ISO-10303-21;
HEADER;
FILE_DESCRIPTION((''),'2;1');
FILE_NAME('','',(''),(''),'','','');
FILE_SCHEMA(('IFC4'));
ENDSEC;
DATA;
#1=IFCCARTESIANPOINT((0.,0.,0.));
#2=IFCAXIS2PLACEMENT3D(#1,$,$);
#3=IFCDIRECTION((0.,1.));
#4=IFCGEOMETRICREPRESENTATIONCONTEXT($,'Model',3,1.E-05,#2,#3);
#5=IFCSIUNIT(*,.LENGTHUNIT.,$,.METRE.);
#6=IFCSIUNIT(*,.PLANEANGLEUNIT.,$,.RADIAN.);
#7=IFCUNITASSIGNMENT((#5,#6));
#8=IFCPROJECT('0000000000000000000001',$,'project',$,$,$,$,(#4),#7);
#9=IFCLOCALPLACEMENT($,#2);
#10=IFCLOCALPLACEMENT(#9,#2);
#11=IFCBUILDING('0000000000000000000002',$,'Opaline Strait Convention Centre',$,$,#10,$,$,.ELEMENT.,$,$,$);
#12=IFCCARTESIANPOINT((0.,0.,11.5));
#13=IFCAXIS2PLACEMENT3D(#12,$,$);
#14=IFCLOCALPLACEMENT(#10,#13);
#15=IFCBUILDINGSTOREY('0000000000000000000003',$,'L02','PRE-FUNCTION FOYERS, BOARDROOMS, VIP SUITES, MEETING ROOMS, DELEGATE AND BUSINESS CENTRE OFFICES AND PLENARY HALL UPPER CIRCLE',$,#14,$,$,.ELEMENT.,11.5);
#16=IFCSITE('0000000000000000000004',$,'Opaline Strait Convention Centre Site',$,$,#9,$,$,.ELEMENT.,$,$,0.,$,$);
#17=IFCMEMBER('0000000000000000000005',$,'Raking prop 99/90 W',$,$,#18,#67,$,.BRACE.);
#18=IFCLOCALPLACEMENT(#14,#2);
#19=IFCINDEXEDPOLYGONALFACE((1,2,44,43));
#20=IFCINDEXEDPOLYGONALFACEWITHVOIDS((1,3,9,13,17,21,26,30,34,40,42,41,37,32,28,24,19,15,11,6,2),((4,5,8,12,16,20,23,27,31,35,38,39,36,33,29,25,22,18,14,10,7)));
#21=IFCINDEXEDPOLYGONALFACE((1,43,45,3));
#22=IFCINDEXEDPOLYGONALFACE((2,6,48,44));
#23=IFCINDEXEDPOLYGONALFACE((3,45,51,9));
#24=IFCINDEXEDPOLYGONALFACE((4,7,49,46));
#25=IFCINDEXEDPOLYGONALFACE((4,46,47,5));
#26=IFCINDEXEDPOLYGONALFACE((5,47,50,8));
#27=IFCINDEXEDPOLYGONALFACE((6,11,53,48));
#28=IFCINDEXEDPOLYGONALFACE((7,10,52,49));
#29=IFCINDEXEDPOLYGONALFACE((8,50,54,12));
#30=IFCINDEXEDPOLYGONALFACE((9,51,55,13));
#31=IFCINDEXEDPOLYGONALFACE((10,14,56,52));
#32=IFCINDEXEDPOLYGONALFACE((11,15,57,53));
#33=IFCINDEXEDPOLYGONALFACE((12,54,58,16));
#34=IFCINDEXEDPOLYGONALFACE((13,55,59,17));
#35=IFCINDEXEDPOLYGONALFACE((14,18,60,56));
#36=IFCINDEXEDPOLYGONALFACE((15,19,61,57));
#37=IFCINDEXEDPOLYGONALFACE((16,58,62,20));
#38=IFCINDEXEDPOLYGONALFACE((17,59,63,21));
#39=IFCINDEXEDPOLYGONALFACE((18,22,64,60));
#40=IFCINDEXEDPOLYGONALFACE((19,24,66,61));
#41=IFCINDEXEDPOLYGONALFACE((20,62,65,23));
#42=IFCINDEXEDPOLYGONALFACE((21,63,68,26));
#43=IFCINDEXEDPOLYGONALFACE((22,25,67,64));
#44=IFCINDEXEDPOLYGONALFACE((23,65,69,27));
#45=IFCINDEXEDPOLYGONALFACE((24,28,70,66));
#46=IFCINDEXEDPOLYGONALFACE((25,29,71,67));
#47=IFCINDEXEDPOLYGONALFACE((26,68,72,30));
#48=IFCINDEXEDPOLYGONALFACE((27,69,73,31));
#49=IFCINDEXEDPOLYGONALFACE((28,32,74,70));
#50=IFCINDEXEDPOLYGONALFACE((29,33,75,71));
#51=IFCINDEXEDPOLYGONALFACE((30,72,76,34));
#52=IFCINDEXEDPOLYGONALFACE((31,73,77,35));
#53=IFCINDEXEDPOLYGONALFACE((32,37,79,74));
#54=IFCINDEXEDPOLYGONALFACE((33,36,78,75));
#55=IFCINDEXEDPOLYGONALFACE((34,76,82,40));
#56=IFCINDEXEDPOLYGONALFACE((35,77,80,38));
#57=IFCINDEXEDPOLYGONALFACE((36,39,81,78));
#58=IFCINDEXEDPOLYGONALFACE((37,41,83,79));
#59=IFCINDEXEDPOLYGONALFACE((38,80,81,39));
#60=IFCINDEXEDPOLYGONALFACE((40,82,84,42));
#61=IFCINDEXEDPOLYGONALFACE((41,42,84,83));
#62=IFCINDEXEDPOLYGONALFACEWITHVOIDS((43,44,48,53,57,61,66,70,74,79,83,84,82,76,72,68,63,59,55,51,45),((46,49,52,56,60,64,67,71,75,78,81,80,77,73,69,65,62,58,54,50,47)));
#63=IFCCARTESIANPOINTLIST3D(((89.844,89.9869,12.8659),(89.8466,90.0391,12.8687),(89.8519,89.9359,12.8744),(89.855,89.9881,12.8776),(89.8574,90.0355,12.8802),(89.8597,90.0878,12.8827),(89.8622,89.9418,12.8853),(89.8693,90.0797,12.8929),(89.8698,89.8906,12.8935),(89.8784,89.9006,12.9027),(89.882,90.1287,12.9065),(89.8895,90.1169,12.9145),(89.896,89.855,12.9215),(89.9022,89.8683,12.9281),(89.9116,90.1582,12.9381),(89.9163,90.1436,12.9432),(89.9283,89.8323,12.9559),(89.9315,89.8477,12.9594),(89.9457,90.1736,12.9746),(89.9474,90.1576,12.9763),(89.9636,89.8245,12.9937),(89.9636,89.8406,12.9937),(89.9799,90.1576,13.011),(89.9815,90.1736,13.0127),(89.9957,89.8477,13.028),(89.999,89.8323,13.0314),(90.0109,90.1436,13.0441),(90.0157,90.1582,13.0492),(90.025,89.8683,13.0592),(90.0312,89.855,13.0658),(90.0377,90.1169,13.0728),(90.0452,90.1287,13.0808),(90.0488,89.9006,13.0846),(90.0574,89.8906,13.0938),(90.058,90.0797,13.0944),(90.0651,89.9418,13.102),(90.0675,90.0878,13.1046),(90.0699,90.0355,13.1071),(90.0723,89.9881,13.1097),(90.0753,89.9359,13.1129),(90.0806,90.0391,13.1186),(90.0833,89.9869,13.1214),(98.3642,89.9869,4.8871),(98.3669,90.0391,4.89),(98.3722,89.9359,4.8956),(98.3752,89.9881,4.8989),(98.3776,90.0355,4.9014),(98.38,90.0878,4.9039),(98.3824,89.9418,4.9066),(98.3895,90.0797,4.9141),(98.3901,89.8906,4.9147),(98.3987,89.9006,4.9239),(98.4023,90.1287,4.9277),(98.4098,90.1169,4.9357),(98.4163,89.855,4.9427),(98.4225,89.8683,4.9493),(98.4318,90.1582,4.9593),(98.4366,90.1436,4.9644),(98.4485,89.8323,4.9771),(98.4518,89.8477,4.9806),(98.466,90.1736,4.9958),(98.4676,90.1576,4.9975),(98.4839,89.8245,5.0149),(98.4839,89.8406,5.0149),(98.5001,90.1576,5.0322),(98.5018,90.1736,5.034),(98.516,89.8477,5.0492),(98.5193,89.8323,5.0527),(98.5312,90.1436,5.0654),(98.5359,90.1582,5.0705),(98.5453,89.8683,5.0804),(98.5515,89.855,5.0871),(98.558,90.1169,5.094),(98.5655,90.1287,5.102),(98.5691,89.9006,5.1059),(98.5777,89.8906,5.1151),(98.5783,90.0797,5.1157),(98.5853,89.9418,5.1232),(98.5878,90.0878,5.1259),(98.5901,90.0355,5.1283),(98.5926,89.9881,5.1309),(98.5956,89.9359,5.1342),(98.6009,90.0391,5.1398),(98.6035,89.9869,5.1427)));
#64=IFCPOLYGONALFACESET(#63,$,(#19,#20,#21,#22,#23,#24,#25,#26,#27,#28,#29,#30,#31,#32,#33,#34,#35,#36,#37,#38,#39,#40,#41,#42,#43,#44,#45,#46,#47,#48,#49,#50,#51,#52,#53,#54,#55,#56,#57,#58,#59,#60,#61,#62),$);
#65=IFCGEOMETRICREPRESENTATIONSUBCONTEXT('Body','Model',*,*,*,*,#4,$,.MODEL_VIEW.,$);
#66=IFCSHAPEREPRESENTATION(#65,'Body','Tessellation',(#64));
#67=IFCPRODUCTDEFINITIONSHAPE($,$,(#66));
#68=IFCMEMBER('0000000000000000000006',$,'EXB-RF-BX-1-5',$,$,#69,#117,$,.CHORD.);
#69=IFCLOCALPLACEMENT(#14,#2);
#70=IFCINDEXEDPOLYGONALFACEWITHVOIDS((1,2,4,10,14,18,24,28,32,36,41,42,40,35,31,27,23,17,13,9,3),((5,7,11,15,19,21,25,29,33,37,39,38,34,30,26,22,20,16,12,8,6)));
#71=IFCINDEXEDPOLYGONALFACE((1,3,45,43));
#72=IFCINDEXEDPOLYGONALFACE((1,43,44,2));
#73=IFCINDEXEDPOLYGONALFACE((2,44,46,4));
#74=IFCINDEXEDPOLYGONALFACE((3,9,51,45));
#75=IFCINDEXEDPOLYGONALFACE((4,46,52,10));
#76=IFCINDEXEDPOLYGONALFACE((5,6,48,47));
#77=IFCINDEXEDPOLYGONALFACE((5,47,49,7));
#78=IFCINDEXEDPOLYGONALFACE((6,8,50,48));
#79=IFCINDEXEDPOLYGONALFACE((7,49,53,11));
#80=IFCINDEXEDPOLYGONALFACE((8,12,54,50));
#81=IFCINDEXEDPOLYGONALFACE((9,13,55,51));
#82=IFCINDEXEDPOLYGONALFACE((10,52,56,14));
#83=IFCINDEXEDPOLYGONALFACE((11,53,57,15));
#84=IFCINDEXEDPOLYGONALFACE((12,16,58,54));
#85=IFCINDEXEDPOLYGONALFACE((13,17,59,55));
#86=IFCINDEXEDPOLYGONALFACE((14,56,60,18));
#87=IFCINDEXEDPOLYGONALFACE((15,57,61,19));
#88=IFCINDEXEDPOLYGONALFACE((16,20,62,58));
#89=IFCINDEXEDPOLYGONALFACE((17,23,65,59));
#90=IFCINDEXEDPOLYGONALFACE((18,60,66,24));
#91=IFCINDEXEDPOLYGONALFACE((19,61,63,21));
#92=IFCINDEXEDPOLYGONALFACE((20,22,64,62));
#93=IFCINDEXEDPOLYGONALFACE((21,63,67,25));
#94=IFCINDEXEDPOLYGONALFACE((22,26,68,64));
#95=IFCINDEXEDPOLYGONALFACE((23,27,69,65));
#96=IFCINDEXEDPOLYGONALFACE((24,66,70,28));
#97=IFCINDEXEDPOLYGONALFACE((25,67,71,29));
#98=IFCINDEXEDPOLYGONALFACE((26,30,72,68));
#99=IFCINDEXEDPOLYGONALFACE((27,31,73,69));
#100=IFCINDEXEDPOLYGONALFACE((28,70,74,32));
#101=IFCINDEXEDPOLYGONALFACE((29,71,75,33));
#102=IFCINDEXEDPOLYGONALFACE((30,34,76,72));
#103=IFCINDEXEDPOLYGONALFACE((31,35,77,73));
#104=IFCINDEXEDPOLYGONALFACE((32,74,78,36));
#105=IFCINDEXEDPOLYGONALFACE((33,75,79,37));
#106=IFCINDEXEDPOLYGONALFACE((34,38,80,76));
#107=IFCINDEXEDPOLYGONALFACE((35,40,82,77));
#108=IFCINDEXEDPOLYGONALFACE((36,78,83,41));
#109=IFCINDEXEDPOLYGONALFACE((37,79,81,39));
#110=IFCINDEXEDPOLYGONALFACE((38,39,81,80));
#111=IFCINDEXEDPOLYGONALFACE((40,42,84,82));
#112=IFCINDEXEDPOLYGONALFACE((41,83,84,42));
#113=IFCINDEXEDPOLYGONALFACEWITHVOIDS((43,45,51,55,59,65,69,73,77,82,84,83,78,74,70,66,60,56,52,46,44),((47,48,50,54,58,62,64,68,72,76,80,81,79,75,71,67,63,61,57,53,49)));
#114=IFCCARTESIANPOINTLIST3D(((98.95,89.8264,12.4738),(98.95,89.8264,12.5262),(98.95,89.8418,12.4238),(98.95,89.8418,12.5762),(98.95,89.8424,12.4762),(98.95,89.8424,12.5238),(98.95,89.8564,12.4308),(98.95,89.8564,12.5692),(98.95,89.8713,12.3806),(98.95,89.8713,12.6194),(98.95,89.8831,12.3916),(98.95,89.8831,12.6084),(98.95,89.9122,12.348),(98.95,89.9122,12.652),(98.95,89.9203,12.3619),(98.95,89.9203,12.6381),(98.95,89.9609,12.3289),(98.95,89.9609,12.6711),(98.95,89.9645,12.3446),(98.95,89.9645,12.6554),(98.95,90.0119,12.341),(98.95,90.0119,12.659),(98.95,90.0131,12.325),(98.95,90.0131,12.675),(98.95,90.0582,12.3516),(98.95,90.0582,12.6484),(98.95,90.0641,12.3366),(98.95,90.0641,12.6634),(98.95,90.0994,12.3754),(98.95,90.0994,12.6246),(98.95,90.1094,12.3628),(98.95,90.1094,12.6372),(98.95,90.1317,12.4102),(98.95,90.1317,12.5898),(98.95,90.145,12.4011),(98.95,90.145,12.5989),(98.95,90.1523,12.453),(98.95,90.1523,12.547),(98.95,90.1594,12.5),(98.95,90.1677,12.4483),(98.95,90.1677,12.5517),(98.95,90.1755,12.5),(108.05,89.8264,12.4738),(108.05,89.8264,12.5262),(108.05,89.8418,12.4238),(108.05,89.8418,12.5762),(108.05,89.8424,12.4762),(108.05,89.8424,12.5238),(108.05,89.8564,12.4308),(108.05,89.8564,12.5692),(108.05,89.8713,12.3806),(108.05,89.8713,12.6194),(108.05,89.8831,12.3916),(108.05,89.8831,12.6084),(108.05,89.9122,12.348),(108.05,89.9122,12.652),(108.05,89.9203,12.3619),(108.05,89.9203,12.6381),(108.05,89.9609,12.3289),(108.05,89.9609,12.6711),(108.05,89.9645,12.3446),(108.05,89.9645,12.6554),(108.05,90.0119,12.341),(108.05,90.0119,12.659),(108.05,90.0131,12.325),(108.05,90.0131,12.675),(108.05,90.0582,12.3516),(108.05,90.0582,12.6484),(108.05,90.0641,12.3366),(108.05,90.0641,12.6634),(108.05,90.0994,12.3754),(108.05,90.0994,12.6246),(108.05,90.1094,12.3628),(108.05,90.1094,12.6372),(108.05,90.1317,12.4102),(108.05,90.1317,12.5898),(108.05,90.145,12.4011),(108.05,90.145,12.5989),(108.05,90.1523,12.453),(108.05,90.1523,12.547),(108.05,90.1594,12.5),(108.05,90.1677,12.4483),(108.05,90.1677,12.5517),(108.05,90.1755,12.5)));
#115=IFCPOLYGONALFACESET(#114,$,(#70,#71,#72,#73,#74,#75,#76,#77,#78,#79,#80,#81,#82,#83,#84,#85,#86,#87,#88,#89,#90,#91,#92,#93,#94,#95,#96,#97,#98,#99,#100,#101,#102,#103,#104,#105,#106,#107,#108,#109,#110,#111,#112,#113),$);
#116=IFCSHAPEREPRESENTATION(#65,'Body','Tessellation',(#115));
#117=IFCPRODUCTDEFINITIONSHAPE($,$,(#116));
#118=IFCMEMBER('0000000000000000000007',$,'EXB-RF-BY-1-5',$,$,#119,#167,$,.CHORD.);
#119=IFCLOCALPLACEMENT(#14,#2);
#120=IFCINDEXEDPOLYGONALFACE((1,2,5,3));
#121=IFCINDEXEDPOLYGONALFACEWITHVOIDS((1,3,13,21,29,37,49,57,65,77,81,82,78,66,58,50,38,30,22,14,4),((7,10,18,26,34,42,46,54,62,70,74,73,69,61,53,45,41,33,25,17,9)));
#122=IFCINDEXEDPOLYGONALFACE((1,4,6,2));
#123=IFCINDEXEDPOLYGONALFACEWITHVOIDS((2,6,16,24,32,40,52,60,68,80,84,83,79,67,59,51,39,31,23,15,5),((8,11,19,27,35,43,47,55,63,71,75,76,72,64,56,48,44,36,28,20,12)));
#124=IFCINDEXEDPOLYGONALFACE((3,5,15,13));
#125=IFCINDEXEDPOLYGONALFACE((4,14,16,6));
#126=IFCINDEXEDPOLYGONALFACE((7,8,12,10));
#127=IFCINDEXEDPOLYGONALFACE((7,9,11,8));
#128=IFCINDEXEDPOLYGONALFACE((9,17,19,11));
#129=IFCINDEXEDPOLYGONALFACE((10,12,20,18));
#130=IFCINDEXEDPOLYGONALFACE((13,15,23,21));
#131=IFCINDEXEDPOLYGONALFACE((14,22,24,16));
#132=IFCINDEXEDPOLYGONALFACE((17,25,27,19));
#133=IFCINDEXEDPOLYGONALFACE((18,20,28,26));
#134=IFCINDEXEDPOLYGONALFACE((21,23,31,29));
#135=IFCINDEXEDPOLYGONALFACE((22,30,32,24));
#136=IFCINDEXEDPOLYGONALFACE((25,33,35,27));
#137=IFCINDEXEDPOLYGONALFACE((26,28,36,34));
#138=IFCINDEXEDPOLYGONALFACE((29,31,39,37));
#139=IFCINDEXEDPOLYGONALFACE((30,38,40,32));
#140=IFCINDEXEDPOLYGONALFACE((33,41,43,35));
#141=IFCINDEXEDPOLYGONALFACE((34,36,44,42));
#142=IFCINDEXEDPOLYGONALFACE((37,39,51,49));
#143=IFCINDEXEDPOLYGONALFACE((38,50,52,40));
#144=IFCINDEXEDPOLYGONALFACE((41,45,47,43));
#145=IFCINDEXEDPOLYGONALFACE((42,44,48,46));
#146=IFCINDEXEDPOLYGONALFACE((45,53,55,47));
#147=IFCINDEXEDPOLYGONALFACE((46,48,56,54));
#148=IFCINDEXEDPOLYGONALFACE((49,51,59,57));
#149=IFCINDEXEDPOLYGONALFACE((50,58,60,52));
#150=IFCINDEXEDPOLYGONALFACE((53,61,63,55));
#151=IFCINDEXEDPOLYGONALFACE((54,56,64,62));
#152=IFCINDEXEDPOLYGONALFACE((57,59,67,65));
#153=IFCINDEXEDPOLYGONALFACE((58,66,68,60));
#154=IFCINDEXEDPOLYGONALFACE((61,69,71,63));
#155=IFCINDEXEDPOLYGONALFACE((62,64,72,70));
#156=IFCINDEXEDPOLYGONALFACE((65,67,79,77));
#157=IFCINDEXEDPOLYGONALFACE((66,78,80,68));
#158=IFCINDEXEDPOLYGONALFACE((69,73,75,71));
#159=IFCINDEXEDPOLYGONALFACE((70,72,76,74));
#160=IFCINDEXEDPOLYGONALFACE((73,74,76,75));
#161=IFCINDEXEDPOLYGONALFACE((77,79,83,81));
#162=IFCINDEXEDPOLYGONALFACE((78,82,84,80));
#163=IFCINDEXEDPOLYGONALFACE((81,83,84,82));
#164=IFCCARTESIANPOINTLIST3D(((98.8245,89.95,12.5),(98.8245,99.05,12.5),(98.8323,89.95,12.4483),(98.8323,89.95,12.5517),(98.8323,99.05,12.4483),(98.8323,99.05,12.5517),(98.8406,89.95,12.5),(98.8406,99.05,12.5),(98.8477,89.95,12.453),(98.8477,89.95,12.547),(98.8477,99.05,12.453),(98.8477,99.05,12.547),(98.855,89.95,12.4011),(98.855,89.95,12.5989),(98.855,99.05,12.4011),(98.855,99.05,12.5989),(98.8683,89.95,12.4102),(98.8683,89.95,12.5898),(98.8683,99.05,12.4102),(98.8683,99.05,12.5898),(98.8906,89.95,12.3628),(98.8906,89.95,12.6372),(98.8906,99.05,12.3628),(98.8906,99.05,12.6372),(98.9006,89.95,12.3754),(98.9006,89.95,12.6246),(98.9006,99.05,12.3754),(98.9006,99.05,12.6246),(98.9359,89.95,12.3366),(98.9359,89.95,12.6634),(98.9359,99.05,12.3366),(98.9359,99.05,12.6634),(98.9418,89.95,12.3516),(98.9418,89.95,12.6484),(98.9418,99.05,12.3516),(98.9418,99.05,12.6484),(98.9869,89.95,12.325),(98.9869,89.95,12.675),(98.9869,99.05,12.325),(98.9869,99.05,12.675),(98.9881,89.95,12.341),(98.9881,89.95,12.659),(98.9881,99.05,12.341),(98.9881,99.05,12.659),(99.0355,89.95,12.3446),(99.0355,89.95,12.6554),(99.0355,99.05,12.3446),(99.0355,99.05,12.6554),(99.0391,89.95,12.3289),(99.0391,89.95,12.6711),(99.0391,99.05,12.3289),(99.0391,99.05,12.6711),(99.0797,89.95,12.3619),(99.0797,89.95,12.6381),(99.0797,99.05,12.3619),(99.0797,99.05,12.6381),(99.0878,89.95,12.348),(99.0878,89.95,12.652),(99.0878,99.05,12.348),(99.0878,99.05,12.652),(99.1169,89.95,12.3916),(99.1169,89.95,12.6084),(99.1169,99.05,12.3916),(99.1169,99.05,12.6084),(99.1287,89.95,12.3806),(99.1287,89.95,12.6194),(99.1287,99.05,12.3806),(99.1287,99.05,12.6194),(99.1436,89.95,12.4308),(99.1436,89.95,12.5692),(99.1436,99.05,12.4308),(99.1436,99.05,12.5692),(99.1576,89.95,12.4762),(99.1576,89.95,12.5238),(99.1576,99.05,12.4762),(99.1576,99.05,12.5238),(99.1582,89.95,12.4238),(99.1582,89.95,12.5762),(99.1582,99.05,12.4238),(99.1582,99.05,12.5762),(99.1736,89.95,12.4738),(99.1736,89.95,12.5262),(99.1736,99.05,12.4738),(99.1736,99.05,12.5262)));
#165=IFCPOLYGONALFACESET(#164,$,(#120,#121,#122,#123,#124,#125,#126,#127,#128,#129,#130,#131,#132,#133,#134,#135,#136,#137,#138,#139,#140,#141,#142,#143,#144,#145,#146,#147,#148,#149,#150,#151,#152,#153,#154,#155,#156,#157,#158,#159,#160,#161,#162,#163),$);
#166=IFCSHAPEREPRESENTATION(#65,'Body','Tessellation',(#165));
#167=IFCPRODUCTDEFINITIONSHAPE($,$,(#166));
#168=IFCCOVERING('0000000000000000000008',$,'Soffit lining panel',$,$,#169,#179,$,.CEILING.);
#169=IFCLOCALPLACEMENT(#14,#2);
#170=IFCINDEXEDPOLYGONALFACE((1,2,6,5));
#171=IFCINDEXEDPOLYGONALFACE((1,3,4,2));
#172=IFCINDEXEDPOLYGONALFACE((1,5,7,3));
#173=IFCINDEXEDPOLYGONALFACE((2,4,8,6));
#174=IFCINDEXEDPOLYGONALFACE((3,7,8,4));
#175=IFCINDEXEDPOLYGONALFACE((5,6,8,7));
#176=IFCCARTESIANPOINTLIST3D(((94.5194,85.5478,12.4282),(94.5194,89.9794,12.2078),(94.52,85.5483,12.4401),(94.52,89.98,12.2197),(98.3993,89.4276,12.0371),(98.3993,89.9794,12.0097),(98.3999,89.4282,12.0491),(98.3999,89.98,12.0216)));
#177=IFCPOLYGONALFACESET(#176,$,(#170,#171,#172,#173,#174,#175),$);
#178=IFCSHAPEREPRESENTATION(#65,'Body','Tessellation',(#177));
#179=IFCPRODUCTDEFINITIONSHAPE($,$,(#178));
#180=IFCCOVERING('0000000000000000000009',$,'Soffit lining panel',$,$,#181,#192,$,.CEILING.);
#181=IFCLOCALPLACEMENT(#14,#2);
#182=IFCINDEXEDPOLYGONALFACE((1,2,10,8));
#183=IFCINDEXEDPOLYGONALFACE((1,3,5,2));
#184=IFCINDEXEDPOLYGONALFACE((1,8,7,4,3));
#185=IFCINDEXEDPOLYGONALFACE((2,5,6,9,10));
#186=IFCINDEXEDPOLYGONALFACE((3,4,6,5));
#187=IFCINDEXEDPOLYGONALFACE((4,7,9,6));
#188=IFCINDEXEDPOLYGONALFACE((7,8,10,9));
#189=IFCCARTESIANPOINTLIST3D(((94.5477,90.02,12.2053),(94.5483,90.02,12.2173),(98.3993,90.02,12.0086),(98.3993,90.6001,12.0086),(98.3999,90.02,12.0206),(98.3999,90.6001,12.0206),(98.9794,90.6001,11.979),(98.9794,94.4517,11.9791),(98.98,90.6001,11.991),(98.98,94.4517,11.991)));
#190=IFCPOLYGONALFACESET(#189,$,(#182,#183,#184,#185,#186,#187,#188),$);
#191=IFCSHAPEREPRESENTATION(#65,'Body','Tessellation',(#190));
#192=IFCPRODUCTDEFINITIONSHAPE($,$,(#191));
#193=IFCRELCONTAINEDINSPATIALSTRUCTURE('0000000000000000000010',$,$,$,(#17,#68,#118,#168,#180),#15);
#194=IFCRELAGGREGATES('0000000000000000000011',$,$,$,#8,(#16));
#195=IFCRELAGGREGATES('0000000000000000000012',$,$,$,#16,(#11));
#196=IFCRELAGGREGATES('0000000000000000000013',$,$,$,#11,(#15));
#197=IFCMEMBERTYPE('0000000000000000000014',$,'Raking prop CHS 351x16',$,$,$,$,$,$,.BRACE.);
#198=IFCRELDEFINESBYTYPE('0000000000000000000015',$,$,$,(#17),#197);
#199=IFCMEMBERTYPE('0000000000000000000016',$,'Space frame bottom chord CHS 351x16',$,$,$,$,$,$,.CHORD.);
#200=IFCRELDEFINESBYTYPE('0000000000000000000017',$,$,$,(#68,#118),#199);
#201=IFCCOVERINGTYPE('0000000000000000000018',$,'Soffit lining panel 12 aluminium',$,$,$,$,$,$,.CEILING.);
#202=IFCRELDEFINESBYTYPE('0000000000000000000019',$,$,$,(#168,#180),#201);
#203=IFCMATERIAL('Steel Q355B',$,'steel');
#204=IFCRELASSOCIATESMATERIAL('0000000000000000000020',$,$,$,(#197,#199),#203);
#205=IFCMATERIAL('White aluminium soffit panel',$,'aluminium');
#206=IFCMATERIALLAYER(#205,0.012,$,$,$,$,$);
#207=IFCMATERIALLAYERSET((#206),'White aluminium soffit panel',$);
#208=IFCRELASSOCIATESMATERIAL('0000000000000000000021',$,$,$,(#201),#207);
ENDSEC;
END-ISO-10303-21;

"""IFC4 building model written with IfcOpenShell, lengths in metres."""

from ifc_helpers import new_model, si_unit, direction, frame, origin, origin_2d, place, context, subcontext, project, spatial, polyline, hollow_circle, outline, extrude, material, layer, layer_set, material_profile, profile_set, type_object, element, save


model = new_model("IFC4")

# Units and contexts
model_context = context("Model", 3, precision=1e-05, world=origin(), true_north=direction((0.0, 1.0)))
body_context = subcontext(model_context, "Body", "Model", "MODEL_VIEW")
ifc_project = project(units=[si_unit("LENGTHUNIT", "METRE"), si_unit("PLANEANGLEUNIT", "RADIAN")], contexts=[model_context])

# Site, building, storey
site_placement = place(None, origin())
site = spatial("IfcSite", under=ifc_project, at=site_placement, Name="Opaline Strait Convention Centre Site", CompositionType="ELEMENT", RefElevation=0.0)
building_placement = place(site_placement, origin())
building = spatial("IfcBuilding", under=site, at=building_placement, Name="Opaline Strait Convention Centre", CompositionType="ELEMENT")
storey_placement = place(building_placement, frame((0.0, 0.0, 11.5)))
storey = spatial("IfcBuildingStorey", under=building, at=storey_placement, Name="L02", Description="PRE-FUNCTION FOYERS, BOARDROOMS, VIP SUITES, MEETING ROOMS, DELEGATE AND BUSINESS CENTRE OFFICES AND PLENARY HALL UPPER CIRCLE", CompositionType="ELEMENT", Elevation=11.5)

# Members
ifc_material_1 = material(Name="Steel Q355B", Category="steel")
ifc_material_profile_1 = material_profile(ifc_material_1, hollow_circle(Radius=0.1755, WallThickness=0.0161, at=origin_2d()), Name="CHS 351x16")
ifc_profile_set_1 = profile_set([ifc_material_profile_1], Name="Steel Q355B")
member_type_1 = type_object("IfcMemberType", Name="Raking prop CHS 351x16", PredefinedType="BRACE", material=ifc_profile_set_1)
member_placement = place(storey_placement, frame((98.4839, 90.0, 5.0149), z_axis=(-0.729921, 0.0, 0.683531), x_axis=(0.0, -1.0, 0.0)))
element("IfcMember", 1, at=member_placement, inside=storey, type_object=member_type_1, Name="Raking prop 99/90 W", PredefinedType="BRACE", context=body_context, shape_type="SweptSolid", body=[
    extrude(hollow_circle(Radius=0.1755, WallThickness=0.0161, at=origin_2d()), origin(), (0.0, 0.0, 1.0), 11.6729),
])
ifc_material_profile_2 = material_profile(ifc_material_1, hollow_circle(Radius=0.1755, WallThickness=0.0161, at=origin_2d()), Name="CHS 351x16")
ifc_profile_set_2 = profile_set([ifc_material_profile_2], Name="Steel Q355B")
member_type_2 = type_object("IfcMemberType", Name="Space frame bottom chord CHS 351x16", PredefinedType="CHORD", material=ifc_profile_set_2)
for number, where, z_axis, x_axis, name in (
    (2, (98.95, 90.0, 12.5), (1.0, 0.0, 0.0), (0.0, 1.0, 0.0), "EXB-RF-BX-1-5"),
    (3, (99.0, 89.95, 12.5), (0.0, 1.0, 0.0), (-1.0, 0.0, 0.0), "EXB-RF-BY-1-5"),
):
    element("IfcMember", number, at=place(storey_placement, frame(where, z_axis=z_axis, x_axis=x_axis)), inside=storey, type_object=member_type_2, Name=name, PredefinedType="CHORD", context=body_context, shape_type="SweptSolid", body=[
        extrude(hollow_circle(Radius=0.1755, WallThickness=0.0161, at=origin_2d()), origin(), (0.0, 0.0, 1.0), 9.1001),
    ])

# Coverings
ifc_material_2 = material(Name="White aluminium soffit panel", Category="aluminium")
ifc_layer = layer(ifc_material_2, 0.012)
ifc_layer_set = layer_set([ifc_layer], Name="White aluminium soffit panel")
covering_type = type_object("IfcCoveringType", Name="Soffit lining panel 12 aluminium", PredefinedType="CEILING", material=ifc_layer_set)
covering_1_placement = place(storey_placement, frame((98.3999, 89.4282, 12.0491), z_axis=(0.050927, 0.0496, 0.99747), x_axis=(-0.705318, -0.705318, 0.071083)))
element("IfcCovering", 4, at=covering_1_placement, inside=storey, type_object=covering_type, Name="Soffit lining panel", PredefinedType="CEILING", context=body_context, shape_type="SweptSolid", body=[
    extrude(outline(polyline([(0.0, 0.0), (5.5009, 0.0), (2.3595, -3.1336), (-0.3911, -0.3902), (0.0, 0.0)])), origin(), (0.0, 0.0, -1.0), 0.012),
])
covering_2_placement = place(storey_placement, frame((98.98, 90.6001, 11.991), z_axis=(0.051007, -0.000019, 0.998698), x_axis=(-0.998698, 0.0, 0.051007)))
element("IfcCovering", 5, at=covering_2_placement, inside=storey, type_object=covering_type, Name="Soffit lining panel", PredefinedType="CEILING", context=body_context, shape_type="SweptSolid", body=[
    extrude(outline(polyline([(0.0, 0.0), (0.5808, 0.0), (0.5808, 0.5801), (4.4374, 0.5801), (0.0, -3.8516), (0.0, 0.0)])), origin(), (0.0, 0.0, -1.0), 0.012),
])

save(model, "model.ifc")
